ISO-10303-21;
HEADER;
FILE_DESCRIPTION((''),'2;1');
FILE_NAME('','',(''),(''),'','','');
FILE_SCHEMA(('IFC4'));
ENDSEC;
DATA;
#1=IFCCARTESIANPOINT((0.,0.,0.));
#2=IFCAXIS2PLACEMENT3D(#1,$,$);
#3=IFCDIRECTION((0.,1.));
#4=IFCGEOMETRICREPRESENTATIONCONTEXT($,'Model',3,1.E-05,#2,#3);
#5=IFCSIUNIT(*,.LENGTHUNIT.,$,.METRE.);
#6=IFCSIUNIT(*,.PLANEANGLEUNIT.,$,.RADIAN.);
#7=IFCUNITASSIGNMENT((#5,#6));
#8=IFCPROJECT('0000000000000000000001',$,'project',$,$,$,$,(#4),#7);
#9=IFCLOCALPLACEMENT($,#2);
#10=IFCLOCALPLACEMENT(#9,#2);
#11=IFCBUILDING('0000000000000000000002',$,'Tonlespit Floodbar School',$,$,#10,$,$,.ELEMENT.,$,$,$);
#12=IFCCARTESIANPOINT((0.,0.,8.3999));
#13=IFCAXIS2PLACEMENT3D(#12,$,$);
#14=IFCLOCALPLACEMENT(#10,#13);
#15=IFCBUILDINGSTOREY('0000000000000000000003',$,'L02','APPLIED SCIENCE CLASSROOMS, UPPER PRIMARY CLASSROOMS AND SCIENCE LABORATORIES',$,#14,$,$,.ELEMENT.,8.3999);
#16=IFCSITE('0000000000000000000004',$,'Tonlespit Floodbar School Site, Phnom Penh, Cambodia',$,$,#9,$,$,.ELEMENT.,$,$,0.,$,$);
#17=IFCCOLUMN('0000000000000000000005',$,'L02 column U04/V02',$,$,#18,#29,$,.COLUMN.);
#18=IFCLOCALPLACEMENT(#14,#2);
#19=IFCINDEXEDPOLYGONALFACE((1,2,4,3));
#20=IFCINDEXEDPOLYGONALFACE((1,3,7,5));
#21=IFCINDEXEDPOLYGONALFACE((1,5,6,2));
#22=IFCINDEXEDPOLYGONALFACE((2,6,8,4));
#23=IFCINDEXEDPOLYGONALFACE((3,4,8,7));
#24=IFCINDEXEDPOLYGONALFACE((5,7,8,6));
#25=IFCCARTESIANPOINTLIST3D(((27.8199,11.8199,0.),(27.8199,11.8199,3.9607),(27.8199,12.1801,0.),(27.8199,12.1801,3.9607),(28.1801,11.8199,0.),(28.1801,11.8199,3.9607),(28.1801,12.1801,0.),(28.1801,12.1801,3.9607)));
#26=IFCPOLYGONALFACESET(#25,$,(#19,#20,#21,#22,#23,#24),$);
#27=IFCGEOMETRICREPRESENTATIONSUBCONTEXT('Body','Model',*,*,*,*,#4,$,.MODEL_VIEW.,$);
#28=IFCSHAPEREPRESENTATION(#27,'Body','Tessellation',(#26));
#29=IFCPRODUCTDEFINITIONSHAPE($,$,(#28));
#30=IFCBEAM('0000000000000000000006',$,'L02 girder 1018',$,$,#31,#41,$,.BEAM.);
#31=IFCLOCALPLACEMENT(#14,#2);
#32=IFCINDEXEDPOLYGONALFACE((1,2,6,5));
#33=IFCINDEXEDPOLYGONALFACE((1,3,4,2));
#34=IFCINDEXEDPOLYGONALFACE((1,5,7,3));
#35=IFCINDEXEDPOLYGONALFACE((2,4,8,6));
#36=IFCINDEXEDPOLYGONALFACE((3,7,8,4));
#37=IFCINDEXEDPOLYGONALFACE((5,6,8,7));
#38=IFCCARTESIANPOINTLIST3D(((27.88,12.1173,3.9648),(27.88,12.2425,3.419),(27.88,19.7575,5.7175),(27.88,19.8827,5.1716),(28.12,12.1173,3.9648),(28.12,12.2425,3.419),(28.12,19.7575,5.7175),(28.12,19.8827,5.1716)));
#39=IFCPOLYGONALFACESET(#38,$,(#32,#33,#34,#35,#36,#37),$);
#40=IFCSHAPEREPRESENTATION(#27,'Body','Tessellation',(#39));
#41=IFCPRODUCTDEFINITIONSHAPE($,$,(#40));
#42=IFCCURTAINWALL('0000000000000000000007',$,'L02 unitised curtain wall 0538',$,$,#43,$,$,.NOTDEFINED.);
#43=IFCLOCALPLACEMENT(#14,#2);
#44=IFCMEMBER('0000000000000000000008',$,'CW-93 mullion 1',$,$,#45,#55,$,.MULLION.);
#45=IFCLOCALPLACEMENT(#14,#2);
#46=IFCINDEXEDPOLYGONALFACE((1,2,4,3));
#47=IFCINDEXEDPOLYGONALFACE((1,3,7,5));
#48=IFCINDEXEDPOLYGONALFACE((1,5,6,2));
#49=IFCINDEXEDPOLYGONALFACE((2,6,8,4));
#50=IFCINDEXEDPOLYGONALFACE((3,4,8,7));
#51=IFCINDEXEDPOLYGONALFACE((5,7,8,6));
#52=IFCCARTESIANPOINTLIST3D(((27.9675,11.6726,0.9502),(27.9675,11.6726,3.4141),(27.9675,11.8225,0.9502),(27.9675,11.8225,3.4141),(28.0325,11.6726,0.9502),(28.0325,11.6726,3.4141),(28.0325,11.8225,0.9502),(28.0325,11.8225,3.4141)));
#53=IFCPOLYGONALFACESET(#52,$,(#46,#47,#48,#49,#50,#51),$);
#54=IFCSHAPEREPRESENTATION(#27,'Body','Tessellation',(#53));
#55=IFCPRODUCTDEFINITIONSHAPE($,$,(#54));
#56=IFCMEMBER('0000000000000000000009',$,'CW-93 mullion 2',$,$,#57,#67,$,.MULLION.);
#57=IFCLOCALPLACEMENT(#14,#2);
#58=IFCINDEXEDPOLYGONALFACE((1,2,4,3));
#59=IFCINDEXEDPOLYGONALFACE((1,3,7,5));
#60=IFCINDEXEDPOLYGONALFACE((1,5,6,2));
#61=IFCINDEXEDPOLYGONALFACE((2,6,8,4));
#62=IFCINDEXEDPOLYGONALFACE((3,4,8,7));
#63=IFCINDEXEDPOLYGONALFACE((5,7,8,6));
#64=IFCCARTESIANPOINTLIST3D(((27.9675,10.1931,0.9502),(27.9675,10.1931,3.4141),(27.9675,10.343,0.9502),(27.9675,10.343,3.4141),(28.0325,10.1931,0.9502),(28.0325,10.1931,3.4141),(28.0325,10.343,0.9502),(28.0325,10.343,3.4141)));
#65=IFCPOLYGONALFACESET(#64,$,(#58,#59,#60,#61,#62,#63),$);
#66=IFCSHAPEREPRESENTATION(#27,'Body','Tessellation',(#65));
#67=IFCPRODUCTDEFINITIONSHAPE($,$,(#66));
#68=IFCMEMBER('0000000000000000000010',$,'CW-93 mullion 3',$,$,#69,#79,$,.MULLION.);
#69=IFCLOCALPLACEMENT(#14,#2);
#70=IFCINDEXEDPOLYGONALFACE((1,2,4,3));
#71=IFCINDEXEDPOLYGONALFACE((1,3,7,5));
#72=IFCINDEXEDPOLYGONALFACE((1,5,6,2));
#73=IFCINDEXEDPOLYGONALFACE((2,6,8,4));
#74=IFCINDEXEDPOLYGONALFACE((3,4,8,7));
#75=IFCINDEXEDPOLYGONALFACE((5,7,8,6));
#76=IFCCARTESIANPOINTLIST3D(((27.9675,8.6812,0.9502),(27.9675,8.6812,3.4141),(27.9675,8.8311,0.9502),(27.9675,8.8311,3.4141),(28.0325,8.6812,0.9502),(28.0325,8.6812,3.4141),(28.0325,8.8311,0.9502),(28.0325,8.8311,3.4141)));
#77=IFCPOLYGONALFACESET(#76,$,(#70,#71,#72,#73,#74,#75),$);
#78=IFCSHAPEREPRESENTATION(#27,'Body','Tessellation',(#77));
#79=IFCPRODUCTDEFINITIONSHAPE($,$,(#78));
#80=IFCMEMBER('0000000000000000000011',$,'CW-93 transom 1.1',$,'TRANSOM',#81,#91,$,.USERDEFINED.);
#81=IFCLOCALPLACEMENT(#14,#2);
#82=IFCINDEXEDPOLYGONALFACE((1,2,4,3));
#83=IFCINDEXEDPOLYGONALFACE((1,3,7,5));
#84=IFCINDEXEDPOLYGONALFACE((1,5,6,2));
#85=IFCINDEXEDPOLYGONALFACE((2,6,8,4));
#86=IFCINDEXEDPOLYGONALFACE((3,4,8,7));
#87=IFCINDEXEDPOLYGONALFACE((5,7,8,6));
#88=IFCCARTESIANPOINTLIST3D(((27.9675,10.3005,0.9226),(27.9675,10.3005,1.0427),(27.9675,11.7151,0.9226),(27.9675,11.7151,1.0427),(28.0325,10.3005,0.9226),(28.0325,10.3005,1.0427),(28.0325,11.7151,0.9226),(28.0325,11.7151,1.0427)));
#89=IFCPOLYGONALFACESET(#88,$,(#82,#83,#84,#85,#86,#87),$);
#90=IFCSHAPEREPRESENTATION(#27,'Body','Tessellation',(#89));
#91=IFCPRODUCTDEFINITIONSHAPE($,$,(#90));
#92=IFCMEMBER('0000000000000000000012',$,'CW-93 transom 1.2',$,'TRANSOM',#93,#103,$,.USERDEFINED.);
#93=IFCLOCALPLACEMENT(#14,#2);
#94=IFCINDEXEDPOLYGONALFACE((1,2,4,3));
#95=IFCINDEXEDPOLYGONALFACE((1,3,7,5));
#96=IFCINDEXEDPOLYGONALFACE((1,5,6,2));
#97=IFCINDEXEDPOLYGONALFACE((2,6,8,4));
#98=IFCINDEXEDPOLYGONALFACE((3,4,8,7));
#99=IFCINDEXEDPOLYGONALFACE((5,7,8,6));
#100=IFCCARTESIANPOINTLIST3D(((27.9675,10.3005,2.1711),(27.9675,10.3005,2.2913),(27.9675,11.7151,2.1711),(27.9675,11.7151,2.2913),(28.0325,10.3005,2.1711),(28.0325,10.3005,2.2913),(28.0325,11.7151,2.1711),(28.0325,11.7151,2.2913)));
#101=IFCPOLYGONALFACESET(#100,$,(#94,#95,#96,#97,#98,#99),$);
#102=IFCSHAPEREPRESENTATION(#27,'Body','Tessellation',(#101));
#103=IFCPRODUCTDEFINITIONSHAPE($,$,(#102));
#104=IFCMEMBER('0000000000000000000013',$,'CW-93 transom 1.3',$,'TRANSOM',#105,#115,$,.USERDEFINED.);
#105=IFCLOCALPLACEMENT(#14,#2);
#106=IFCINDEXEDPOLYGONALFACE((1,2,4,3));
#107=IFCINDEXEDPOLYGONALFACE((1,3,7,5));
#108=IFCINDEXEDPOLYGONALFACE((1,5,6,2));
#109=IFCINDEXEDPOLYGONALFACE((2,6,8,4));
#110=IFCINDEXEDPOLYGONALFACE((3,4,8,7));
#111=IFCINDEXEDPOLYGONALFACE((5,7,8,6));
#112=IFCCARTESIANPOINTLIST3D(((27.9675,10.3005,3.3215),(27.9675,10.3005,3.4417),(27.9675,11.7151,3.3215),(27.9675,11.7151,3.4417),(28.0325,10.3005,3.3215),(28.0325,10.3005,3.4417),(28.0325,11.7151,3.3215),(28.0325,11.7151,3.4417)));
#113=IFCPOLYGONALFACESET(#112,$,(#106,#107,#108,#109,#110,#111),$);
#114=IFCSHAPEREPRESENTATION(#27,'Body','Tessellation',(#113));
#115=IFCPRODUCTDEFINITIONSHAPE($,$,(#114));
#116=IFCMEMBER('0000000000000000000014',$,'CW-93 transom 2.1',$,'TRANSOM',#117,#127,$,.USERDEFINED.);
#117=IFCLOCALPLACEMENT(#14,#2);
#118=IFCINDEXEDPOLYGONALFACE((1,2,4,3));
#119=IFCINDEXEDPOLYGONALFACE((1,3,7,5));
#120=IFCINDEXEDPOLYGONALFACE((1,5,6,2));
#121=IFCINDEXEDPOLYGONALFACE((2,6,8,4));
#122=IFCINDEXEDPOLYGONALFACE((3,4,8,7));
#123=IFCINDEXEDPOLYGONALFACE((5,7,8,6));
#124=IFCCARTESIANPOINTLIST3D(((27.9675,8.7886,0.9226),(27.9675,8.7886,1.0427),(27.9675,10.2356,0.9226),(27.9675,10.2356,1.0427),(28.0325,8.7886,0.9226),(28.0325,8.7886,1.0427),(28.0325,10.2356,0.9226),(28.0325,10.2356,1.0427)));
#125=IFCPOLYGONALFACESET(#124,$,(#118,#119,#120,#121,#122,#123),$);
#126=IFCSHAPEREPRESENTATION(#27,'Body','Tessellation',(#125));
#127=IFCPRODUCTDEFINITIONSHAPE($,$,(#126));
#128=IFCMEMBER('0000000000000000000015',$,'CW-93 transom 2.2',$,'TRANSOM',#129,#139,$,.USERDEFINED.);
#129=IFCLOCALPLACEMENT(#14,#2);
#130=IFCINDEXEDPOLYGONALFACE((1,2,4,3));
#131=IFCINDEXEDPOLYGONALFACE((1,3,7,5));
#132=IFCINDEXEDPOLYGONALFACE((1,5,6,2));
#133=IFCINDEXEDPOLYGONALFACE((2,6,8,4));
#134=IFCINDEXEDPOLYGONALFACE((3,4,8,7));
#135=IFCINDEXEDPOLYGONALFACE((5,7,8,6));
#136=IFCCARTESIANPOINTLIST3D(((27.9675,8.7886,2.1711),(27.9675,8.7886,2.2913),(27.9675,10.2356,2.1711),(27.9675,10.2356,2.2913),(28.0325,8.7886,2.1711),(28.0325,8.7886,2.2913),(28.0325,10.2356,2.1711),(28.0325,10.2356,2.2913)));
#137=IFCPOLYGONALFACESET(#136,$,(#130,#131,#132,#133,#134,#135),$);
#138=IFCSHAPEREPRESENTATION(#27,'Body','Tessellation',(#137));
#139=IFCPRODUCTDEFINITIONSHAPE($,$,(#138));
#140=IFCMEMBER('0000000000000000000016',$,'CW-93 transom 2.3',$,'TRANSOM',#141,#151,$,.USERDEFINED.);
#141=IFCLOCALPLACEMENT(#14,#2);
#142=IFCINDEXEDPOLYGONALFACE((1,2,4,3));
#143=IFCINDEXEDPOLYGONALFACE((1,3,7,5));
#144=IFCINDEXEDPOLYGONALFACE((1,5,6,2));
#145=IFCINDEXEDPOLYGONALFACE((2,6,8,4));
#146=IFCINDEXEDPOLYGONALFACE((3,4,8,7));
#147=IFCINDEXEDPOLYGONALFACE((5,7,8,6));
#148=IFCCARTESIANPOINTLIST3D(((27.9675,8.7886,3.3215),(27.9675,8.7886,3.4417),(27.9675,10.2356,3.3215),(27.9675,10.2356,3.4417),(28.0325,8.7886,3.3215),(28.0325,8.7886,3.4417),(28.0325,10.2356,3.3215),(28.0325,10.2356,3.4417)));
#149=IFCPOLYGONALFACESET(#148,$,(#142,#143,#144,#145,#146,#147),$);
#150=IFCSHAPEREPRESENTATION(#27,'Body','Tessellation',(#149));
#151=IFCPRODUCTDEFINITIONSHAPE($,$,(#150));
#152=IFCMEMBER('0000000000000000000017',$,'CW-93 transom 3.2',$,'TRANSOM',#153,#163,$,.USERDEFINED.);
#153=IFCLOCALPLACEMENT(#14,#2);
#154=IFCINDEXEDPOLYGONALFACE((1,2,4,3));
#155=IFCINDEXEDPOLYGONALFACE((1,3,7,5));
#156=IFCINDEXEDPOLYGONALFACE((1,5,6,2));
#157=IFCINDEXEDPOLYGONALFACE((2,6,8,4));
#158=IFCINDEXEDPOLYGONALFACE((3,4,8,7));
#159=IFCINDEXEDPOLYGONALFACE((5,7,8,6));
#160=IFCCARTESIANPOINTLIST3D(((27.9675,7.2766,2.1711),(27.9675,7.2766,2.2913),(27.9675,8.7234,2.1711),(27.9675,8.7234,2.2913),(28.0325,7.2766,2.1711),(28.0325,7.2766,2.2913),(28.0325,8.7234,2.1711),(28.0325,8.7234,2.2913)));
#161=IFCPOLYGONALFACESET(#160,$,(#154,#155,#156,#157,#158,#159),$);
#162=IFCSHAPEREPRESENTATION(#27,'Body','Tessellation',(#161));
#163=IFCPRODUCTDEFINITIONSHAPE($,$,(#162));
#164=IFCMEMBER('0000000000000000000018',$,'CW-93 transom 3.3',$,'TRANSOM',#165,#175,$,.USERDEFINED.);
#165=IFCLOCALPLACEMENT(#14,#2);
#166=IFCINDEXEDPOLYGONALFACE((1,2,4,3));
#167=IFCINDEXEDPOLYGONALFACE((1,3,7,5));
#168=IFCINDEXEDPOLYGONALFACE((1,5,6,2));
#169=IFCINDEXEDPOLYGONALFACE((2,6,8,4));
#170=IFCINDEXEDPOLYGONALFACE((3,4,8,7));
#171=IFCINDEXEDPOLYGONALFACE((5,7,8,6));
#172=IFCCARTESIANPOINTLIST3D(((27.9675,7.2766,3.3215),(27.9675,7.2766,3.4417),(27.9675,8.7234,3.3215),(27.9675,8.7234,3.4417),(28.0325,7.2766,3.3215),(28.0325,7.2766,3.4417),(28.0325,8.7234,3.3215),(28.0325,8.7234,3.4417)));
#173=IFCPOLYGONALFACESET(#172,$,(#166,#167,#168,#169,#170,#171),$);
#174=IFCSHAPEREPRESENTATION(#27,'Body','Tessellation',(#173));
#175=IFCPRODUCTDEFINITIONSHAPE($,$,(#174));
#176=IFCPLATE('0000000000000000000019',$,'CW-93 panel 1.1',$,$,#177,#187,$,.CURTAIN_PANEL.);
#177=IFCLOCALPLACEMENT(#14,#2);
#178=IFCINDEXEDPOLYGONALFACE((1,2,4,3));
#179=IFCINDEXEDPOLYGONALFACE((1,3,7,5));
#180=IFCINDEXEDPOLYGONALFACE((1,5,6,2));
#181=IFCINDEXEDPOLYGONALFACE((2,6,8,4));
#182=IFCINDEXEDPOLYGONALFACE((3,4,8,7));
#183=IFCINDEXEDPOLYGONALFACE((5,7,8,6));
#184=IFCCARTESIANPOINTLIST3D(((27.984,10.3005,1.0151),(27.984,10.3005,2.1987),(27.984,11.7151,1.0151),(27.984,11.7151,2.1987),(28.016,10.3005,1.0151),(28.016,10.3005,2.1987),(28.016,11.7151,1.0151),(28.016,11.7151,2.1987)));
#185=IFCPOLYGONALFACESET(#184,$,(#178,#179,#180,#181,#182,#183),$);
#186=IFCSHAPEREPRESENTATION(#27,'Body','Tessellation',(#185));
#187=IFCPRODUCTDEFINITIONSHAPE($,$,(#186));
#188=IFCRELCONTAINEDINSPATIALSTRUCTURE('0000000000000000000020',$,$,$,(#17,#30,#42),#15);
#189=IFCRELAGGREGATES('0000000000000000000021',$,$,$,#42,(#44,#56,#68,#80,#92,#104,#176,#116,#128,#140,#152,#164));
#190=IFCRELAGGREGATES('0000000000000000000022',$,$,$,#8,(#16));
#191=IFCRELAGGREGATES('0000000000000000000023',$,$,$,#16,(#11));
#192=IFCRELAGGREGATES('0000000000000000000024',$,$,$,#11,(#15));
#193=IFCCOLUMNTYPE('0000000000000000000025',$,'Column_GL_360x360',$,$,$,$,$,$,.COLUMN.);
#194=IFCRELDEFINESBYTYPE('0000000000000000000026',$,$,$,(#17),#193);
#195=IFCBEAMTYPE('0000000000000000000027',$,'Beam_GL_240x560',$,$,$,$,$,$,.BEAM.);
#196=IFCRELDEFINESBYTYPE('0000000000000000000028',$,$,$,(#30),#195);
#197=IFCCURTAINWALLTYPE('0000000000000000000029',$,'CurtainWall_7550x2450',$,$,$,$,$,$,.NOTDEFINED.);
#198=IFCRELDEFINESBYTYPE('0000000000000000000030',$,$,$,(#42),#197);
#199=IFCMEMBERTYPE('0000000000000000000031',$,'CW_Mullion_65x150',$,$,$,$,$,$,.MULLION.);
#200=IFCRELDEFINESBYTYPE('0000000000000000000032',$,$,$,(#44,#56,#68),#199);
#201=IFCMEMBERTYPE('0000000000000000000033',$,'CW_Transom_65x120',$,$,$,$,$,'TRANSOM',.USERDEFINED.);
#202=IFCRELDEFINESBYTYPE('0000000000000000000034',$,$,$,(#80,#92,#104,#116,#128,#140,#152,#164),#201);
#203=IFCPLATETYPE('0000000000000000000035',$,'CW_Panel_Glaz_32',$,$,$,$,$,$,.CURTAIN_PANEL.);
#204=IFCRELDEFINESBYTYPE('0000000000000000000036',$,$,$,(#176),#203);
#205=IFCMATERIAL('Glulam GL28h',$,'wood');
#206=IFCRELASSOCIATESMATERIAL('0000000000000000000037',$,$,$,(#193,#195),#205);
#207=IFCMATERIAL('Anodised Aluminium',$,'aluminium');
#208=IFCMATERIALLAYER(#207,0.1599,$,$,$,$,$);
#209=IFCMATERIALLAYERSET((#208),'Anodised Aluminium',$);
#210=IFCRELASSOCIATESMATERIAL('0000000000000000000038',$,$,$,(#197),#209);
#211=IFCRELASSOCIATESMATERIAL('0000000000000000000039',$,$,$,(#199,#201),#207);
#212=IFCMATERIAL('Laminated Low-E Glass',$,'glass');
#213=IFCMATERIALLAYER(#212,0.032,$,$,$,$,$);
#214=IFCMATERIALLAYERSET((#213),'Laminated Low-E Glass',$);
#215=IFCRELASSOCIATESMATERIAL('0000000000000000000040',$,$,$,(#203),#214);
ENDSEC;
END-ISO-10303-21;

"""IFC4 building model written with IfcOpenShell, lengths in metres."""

from ifc_helpers import new_model, si_unit, direction, frame, origin, origin_2d, place, context, subcontext, project, spatial, rectangle, extrude, material, layer, layer_set, material_profile, profile_set, type_object, element, aggregate, save


model = new_model("IFC4")

# Units and contexts
model_context = context("Model", 3, precision=1e-05, world=origin(), true_north=direction((0.0, 1.0)))
body_context = subcontext(model_context, "Body", "Model", "MODEL_VIEW")
ifc_project = project(units=[si_unit("LENGTHUNIT", "METRE"), si_unit("PLANEANGLEUNIT", "RADIAN")], contexts=[model_context])

# Site, building, storey
site_placement = place(None, origin())
site = spatial("IfcSite", under=ifc_project, at=site_placement, Name="Tonlespit Floodbar School Site, Phnom Penh, Cambodia", CompositionType="ELEMENT", RefElevation=0.0)
building_placement = place(site_placement, origin())
building = spatial("IfcBuilding", under=site, at=building_placement, Name="Tonlespit Floodbar School", CompositionType="ELEMENT")
storey_placement = place(building_placement, frame((0.0, 0.0, 8.3999)))
storey = spatial("IfcBuildingStorey", under=building, at=storey_placement, Name="L02", Description="APPLIED SCIENCE CLASSROOMS, UPPER PRIMARY CLASSROOMS AND SCIENCE LABORATORIES", CompositionType="ELEMENT", Elevation=8.3999)

# Column
ifc_material_1 = material(Name="Glulam GL28h", Category="wood")
ifc_material_profile_1 = material_profile(ifc_material_1, rectangle(XDim=0.3601, YDim=0.3601, at=origin_2d()), Name="GL 360x360")
ifc_profile_set_1 = profile_set([ifc_material_profile_1], Name="Glulam GL28h")
column_type = type_object("IfcColumnType", Name="Column_GL_360x360", PredefinedType="COLUMN", material=ifc_profile_set_1)
column_placement = place(storey_placement, frame((28.0, 12.0, 0.0), z_axis=(0.0, 0.0, 1.0), x_axis=(1.0, 0.0, 0.0)))
element("IfcColumn", 1, at=column_placement, inside=storey, type_object=column_type, Name="L02 column U04/V02", PredefinedType="COLUMN", context=body_context, shape_type="SweptSolid", body=[
    extrude(rectangle(XDim=0.3601, YDim=0.3601, at=origin_2d()), origin(), (0.0, 0.0, 1.0), 3.9607),
])

# Beam
ifc_material_profile_2 = material_profile(ifc_material_1, rectangle(XDim=0.24, YDim=0.5601, at=origin_2d()), Name="GL 240x560")
ifc_profile_set_2 = profile_set([ifc_material_profile_2], Name="Glulam GL28h")
beam_type = type_object("IfcBeamType", Name="Beam_GL_240x560", PredefinedType="BEAM", material=ifc_profile_set_2)
beam_placement = place(storey_placement, frame((28.0, 12.1799, 3.6919), z_axis=(0.0, 0.974682, 0.223597), x_axis=(-1.0, 0.0, 0.0)))
element("IfcBeam", 2, at=beam_placement, inside=storey, type_object=beam_type, Name="L02 girder 1018", PredefinedType="BEAM", context=body_context, shape_type="SweptSolid", body=[
    extrude(rectangle(XDim=0.24, YDim=0.5601, at=origin_2d()), origin(), (0.0, 0.0, 1.0), 7.8386),
])

# Curtain wall, members, plate
ifc_material_2 = material(Name="Anodised Aluminium", Category="aluminium")
ifc_layer_1 = layer(ifc_material_2, 0.1599)
ifc_layer_set_1 = layer_set([ifc_layer_1], Name="Anodised Aluminium")
curtain_wall_type = type_object("IfcCurtainWallType", Name="CurtainWall_7550x2450", PredefinedType="NOTDEFINED", material=ifc_layer_set_1)
curtain_wall_placement = place(storey_placement, origin())
curtain_wall = element("IfcCurtainWall", 3, at=curtain_wall_placement, inside=storey, type_object=curtain_wall_type, Name="L02 unitised curtain wall 0538", PredefinedType="NOTDEFINED")
ifc_material_profile_3 = material_profile(ifc_material_2, rectangle(XDim=0.0649, YDim=0.1499, at=origin_2d()), Name="ALU M65x150")
ifc_profile_set_3 = profile_set([ifc_material_profile_3], Name="Anodised Aluminium")
member_type_1 = type_object("IfcMemberType", Name="CW_Mullion_65x150", PredefinedType="MULLION", material=ifc_profile_set_3)
member_1_placement = place(storey_placement, frame((28.0, 11.7476, 0.9502), z_axis=(0.0, 0.0, 1.0), x_axis=(1.0, 0.0, 0.0)))
member_1 = element("IfcMember", 4, at=member_1_placement, type_object=member_type_1, Name="CW-93 mullion 1", PredefinedType="MULLION", context=body_context, shape_type="SweptSolid", body=[
    extrude(rectangle(XDim=0.0649, YDim=0.1499, at=origin_2d()), origin(), (0.0, 0.0, 1.0), 2.4639),
])
member_2_placement = place(storey_placement, frame((28.0, 10.2681, 0.9502), z_axis=(0.0, 0.0, 1.0), x_axis=(1.0, 0.0, 0.0)))
member_2 = element("IfcMember", 5, at=member_2_placement, type_object=member_type_1, Name="CW-93 mullion 2", PredefinedType="MULLION", context=body_context, shape_type="SweptSolid", body=[
    extrude(rectangle(XDim=0.0649, YDim=0.1499, at=origin_2d()), origin(), (0.0, 0.0, 1.0), 2.4639),
])
member_3_placement = place(storey_placement, frame((28.0, 8.7561, 0.9502), z_axis=(0.0, 0.0, 1.0), x_axis=(1.0, 0.0, 0.0)))
member_3 = element("IfcMember", 6, at=member_3_placement, type_object=member_type_1, Name="CW-93 mullion 3", PredefinedType="MULLION", context=body_context, shape_type="SweptSolid", body=[
    extrude(rectangle(XDim=0.0649, YDim=0.1499, at=origin_2d()), origin(), (0.0, 0.0, 1.0), 2.4639),
])
ifc_material_profile_4 = material_profile(ifc_material_2, rectangle(XDim=0.0649, YDim=0.1201, at=origin_2d()), Name="ALU T65x120")
ifc_profile_set_4 = profile_set([ifc_material_profile_4], Name="Anodised Aluminium")
member_type_2 = type_object("IfcMemberType", Name="CW_Transom_65x120", ElementType="TRANSOM", PredefinedType="USERDEFINED", material=ifc_profile_set_4)
member_4_placement = place(storey_placement, frame((28.0, 11.7151, 0.9827), z_axis=(0.0, -1.0, 0.0), x_axis=(1.0, 0.0, 0.0)))
member_4 = element("IfcMember", 7, at=member_4_placement, type_object=member_type_2, Name="CW-93 transom 1.1", ObjectType="TRANSOM", PredefinedType="USERDEFINED", context=body_context, shape_type="SweptSolid", body=[
    extrude(rectangle(XDim=0.0649, YDim=0.1201, at=origin_2d()), origin(), (0.0, 0.0, 1.0), 1.4146),
])
member_5_placement = place(storey_placement, frame((28.0, 11.7151, 2.2312), z_axis=(0.0, -1.0, 0.0), x_axis=(1.0, 0.0, 0.0)))
member_5 = element("IfcMember", 8, at=member_5_placement, type_object=member_type_2, Name="CW-93 transom 1.2", ObjectType="TRANSOM", PredefinedType="USERDEFINED", context=body_context, shape_type="SweptSolid", body=[
    extrude(rectangle(XDim=0.0649, YDim=0.1201, at=origin_2d()), origin(), (0.0, 0.0, 1.0), 1.4146),
])
member_6_placement = place(storey_placement, frame((28.0, 11.7151, 3.3816), z_axis=(0.0, -1.0, 0.0), x_axis=(1.0, 0.0, 0.0)))
member_6 = element("IfcMember", 9, at=member_6_placement, type_object=member_type_2, Name="CW-93 transom 1.3", ObjectType="TRANSOM", PredefinedType="USERDEFINED", context=body_context, shape_type="SweptSolid", body=[
    extrude(rectangle(XDim=0.0649, YDim=0.1201, at=origin_2d()), origin(), (0.0, 0.0, 1.0), 1.4146),
])
member_7_placement = place(storey_placement, frame((28.0, 10.2356, 0.9827), z_axis=(0.0, -1.0, 0.0), x_axis=(1.0, 0.0, 0.0)))
member_7 = element("IfcMember", 10, at=member_7_placement, type_object=member_type_2, Name="CW-93 transom 2.1", ObjectType="TRANSOM", PredefinedType="USERDEFINED", context=body_context, shape_type="SweptSolid", body=[
    extrude(rectangle(XDim=0.0649, YDim=0.1201, at=origin_2d()), origin(), (0.0, 0.0, 1.0), 1.447),
])
member_8_placement = place(storey_placement, frame((28.0, 10.2356, 2.2312), z_axis=(0.0, -1.0, 0.0), x_axis=(1.0, 0.0, 0.0)))
member_8 = element("IfcMember", 11, at=member_8_placement, type_object=member_type_2, Name="CW-93 transom 2.2", ObjectType="TRANSOM", PredefinedType="USERDEFINED", context=body_context, shape_type="SweptSolid", body=[
    extrude(rectangle(XDim=0.0649, YDim=0.1201, at=origin_2d()), origin(), (0.0, 0.0, 1.0), 1.447),
])
member_9_placement = place(storey_placement, frame((28.0, 10.2356, 3.3816), z_axis=(0.0, -1.0, 0.0), x_axis=(1.0, 0.0, 0.0)))
member_9 = element("IfcMember", 12, at=member_9_placement, type_object=member_type_2, Name="CW-93 transom 2.3", ObjectType="TRANSOM", PredefinedType="USERDEFINED", context=body_context, shape_type="SweptSolid", body=[
    extrude(rectangle(XDim=0.0649, YDim=0.1201, at=origin_2d()), origin(), (0.0, 0.0, 1.0), 1.447),
])
member_10_placement = place(storey_placement, frame((28.0, 8.7234, 2.2312), z_axis=(0.0, -1.0, 0.0), x_axis=(1.0, 0.0, 0.0)))
member_10 = element("IfcMember", 13, at=member_10_placement, type_object=member_type_2, Name="CW-93 transom 3.2", ObjectType="TRANSOM", PredefinedType="USERDEFINED", context=body_context, shape_type="SweptSolid", body=[
    extrude(rectangle(XDim=0.0649, YDim=0.1201, at=origin_2d()), origin(), (0.0, 0.0, 1.0), 1.4468),
])
member_11_placement = place(storey_placement, frame((28.0, 8.7234, 3.3816), z_axis=(0.0, -1.0, 0.0), x_axis=(1.0, 0.0, 0.0)))
member_11 = element("IfcMember", 14, at=member_11_placement, type_object=member_type_2, Name="CW-93 transom 3.3", ObjectType="TRANSOM", PredefinedType="USERDEFINED", context=body_context, shape_type="SweptSolid", body=[
    extrude(rectangle(XDim=0.0649, YDim=0.1201, at=origin_2d()), origin(), (0.0, 0.0, 1.0), 1.4468),
])
ifc_material_3 = material(Name="Laminated Low-E Glass", Category="glass")
ifc_layer_2 = layer(ifc_material_3, 0.032)
ifc_layer_set_2 = layer_set([ifc_layer_2], Name="Laminated Low-E Glass")
plate_type = type_object("IfcPlateType", Name="CW_Panel_Glaz_32", PredefinedType="CURTAIN_PANEL", material=ifc_layer_set_2)
plate_1_placement = place(storey_placement, frame((28.0, 11.0078, 1.0151), z_axis=(0.0, 0.0, 1.0), x_axis=(0.0, -1.0, 0.0)))
plate_1 = element("IfcPlate", 15, at=plate_1_placement, type_object=plate_type, Name="CW-93 panel 1.1", PredefinedType="CURTAIN_PANEL", context=body_context, shape_type="SweptSolid", body=[
    extrude(rectangle(XDim=1.4146, YDim=0.032, at=origin_2d()), origin(), (0.0, 0.0, 1.0), 1.1836),
])
aggregate(curtain_wall, [member_1, member_2, member_3, member_4, member_5, member_6, plate_1, member_7, member_8, member_9, member_10, member_11])

save(model, "model.ifc")
